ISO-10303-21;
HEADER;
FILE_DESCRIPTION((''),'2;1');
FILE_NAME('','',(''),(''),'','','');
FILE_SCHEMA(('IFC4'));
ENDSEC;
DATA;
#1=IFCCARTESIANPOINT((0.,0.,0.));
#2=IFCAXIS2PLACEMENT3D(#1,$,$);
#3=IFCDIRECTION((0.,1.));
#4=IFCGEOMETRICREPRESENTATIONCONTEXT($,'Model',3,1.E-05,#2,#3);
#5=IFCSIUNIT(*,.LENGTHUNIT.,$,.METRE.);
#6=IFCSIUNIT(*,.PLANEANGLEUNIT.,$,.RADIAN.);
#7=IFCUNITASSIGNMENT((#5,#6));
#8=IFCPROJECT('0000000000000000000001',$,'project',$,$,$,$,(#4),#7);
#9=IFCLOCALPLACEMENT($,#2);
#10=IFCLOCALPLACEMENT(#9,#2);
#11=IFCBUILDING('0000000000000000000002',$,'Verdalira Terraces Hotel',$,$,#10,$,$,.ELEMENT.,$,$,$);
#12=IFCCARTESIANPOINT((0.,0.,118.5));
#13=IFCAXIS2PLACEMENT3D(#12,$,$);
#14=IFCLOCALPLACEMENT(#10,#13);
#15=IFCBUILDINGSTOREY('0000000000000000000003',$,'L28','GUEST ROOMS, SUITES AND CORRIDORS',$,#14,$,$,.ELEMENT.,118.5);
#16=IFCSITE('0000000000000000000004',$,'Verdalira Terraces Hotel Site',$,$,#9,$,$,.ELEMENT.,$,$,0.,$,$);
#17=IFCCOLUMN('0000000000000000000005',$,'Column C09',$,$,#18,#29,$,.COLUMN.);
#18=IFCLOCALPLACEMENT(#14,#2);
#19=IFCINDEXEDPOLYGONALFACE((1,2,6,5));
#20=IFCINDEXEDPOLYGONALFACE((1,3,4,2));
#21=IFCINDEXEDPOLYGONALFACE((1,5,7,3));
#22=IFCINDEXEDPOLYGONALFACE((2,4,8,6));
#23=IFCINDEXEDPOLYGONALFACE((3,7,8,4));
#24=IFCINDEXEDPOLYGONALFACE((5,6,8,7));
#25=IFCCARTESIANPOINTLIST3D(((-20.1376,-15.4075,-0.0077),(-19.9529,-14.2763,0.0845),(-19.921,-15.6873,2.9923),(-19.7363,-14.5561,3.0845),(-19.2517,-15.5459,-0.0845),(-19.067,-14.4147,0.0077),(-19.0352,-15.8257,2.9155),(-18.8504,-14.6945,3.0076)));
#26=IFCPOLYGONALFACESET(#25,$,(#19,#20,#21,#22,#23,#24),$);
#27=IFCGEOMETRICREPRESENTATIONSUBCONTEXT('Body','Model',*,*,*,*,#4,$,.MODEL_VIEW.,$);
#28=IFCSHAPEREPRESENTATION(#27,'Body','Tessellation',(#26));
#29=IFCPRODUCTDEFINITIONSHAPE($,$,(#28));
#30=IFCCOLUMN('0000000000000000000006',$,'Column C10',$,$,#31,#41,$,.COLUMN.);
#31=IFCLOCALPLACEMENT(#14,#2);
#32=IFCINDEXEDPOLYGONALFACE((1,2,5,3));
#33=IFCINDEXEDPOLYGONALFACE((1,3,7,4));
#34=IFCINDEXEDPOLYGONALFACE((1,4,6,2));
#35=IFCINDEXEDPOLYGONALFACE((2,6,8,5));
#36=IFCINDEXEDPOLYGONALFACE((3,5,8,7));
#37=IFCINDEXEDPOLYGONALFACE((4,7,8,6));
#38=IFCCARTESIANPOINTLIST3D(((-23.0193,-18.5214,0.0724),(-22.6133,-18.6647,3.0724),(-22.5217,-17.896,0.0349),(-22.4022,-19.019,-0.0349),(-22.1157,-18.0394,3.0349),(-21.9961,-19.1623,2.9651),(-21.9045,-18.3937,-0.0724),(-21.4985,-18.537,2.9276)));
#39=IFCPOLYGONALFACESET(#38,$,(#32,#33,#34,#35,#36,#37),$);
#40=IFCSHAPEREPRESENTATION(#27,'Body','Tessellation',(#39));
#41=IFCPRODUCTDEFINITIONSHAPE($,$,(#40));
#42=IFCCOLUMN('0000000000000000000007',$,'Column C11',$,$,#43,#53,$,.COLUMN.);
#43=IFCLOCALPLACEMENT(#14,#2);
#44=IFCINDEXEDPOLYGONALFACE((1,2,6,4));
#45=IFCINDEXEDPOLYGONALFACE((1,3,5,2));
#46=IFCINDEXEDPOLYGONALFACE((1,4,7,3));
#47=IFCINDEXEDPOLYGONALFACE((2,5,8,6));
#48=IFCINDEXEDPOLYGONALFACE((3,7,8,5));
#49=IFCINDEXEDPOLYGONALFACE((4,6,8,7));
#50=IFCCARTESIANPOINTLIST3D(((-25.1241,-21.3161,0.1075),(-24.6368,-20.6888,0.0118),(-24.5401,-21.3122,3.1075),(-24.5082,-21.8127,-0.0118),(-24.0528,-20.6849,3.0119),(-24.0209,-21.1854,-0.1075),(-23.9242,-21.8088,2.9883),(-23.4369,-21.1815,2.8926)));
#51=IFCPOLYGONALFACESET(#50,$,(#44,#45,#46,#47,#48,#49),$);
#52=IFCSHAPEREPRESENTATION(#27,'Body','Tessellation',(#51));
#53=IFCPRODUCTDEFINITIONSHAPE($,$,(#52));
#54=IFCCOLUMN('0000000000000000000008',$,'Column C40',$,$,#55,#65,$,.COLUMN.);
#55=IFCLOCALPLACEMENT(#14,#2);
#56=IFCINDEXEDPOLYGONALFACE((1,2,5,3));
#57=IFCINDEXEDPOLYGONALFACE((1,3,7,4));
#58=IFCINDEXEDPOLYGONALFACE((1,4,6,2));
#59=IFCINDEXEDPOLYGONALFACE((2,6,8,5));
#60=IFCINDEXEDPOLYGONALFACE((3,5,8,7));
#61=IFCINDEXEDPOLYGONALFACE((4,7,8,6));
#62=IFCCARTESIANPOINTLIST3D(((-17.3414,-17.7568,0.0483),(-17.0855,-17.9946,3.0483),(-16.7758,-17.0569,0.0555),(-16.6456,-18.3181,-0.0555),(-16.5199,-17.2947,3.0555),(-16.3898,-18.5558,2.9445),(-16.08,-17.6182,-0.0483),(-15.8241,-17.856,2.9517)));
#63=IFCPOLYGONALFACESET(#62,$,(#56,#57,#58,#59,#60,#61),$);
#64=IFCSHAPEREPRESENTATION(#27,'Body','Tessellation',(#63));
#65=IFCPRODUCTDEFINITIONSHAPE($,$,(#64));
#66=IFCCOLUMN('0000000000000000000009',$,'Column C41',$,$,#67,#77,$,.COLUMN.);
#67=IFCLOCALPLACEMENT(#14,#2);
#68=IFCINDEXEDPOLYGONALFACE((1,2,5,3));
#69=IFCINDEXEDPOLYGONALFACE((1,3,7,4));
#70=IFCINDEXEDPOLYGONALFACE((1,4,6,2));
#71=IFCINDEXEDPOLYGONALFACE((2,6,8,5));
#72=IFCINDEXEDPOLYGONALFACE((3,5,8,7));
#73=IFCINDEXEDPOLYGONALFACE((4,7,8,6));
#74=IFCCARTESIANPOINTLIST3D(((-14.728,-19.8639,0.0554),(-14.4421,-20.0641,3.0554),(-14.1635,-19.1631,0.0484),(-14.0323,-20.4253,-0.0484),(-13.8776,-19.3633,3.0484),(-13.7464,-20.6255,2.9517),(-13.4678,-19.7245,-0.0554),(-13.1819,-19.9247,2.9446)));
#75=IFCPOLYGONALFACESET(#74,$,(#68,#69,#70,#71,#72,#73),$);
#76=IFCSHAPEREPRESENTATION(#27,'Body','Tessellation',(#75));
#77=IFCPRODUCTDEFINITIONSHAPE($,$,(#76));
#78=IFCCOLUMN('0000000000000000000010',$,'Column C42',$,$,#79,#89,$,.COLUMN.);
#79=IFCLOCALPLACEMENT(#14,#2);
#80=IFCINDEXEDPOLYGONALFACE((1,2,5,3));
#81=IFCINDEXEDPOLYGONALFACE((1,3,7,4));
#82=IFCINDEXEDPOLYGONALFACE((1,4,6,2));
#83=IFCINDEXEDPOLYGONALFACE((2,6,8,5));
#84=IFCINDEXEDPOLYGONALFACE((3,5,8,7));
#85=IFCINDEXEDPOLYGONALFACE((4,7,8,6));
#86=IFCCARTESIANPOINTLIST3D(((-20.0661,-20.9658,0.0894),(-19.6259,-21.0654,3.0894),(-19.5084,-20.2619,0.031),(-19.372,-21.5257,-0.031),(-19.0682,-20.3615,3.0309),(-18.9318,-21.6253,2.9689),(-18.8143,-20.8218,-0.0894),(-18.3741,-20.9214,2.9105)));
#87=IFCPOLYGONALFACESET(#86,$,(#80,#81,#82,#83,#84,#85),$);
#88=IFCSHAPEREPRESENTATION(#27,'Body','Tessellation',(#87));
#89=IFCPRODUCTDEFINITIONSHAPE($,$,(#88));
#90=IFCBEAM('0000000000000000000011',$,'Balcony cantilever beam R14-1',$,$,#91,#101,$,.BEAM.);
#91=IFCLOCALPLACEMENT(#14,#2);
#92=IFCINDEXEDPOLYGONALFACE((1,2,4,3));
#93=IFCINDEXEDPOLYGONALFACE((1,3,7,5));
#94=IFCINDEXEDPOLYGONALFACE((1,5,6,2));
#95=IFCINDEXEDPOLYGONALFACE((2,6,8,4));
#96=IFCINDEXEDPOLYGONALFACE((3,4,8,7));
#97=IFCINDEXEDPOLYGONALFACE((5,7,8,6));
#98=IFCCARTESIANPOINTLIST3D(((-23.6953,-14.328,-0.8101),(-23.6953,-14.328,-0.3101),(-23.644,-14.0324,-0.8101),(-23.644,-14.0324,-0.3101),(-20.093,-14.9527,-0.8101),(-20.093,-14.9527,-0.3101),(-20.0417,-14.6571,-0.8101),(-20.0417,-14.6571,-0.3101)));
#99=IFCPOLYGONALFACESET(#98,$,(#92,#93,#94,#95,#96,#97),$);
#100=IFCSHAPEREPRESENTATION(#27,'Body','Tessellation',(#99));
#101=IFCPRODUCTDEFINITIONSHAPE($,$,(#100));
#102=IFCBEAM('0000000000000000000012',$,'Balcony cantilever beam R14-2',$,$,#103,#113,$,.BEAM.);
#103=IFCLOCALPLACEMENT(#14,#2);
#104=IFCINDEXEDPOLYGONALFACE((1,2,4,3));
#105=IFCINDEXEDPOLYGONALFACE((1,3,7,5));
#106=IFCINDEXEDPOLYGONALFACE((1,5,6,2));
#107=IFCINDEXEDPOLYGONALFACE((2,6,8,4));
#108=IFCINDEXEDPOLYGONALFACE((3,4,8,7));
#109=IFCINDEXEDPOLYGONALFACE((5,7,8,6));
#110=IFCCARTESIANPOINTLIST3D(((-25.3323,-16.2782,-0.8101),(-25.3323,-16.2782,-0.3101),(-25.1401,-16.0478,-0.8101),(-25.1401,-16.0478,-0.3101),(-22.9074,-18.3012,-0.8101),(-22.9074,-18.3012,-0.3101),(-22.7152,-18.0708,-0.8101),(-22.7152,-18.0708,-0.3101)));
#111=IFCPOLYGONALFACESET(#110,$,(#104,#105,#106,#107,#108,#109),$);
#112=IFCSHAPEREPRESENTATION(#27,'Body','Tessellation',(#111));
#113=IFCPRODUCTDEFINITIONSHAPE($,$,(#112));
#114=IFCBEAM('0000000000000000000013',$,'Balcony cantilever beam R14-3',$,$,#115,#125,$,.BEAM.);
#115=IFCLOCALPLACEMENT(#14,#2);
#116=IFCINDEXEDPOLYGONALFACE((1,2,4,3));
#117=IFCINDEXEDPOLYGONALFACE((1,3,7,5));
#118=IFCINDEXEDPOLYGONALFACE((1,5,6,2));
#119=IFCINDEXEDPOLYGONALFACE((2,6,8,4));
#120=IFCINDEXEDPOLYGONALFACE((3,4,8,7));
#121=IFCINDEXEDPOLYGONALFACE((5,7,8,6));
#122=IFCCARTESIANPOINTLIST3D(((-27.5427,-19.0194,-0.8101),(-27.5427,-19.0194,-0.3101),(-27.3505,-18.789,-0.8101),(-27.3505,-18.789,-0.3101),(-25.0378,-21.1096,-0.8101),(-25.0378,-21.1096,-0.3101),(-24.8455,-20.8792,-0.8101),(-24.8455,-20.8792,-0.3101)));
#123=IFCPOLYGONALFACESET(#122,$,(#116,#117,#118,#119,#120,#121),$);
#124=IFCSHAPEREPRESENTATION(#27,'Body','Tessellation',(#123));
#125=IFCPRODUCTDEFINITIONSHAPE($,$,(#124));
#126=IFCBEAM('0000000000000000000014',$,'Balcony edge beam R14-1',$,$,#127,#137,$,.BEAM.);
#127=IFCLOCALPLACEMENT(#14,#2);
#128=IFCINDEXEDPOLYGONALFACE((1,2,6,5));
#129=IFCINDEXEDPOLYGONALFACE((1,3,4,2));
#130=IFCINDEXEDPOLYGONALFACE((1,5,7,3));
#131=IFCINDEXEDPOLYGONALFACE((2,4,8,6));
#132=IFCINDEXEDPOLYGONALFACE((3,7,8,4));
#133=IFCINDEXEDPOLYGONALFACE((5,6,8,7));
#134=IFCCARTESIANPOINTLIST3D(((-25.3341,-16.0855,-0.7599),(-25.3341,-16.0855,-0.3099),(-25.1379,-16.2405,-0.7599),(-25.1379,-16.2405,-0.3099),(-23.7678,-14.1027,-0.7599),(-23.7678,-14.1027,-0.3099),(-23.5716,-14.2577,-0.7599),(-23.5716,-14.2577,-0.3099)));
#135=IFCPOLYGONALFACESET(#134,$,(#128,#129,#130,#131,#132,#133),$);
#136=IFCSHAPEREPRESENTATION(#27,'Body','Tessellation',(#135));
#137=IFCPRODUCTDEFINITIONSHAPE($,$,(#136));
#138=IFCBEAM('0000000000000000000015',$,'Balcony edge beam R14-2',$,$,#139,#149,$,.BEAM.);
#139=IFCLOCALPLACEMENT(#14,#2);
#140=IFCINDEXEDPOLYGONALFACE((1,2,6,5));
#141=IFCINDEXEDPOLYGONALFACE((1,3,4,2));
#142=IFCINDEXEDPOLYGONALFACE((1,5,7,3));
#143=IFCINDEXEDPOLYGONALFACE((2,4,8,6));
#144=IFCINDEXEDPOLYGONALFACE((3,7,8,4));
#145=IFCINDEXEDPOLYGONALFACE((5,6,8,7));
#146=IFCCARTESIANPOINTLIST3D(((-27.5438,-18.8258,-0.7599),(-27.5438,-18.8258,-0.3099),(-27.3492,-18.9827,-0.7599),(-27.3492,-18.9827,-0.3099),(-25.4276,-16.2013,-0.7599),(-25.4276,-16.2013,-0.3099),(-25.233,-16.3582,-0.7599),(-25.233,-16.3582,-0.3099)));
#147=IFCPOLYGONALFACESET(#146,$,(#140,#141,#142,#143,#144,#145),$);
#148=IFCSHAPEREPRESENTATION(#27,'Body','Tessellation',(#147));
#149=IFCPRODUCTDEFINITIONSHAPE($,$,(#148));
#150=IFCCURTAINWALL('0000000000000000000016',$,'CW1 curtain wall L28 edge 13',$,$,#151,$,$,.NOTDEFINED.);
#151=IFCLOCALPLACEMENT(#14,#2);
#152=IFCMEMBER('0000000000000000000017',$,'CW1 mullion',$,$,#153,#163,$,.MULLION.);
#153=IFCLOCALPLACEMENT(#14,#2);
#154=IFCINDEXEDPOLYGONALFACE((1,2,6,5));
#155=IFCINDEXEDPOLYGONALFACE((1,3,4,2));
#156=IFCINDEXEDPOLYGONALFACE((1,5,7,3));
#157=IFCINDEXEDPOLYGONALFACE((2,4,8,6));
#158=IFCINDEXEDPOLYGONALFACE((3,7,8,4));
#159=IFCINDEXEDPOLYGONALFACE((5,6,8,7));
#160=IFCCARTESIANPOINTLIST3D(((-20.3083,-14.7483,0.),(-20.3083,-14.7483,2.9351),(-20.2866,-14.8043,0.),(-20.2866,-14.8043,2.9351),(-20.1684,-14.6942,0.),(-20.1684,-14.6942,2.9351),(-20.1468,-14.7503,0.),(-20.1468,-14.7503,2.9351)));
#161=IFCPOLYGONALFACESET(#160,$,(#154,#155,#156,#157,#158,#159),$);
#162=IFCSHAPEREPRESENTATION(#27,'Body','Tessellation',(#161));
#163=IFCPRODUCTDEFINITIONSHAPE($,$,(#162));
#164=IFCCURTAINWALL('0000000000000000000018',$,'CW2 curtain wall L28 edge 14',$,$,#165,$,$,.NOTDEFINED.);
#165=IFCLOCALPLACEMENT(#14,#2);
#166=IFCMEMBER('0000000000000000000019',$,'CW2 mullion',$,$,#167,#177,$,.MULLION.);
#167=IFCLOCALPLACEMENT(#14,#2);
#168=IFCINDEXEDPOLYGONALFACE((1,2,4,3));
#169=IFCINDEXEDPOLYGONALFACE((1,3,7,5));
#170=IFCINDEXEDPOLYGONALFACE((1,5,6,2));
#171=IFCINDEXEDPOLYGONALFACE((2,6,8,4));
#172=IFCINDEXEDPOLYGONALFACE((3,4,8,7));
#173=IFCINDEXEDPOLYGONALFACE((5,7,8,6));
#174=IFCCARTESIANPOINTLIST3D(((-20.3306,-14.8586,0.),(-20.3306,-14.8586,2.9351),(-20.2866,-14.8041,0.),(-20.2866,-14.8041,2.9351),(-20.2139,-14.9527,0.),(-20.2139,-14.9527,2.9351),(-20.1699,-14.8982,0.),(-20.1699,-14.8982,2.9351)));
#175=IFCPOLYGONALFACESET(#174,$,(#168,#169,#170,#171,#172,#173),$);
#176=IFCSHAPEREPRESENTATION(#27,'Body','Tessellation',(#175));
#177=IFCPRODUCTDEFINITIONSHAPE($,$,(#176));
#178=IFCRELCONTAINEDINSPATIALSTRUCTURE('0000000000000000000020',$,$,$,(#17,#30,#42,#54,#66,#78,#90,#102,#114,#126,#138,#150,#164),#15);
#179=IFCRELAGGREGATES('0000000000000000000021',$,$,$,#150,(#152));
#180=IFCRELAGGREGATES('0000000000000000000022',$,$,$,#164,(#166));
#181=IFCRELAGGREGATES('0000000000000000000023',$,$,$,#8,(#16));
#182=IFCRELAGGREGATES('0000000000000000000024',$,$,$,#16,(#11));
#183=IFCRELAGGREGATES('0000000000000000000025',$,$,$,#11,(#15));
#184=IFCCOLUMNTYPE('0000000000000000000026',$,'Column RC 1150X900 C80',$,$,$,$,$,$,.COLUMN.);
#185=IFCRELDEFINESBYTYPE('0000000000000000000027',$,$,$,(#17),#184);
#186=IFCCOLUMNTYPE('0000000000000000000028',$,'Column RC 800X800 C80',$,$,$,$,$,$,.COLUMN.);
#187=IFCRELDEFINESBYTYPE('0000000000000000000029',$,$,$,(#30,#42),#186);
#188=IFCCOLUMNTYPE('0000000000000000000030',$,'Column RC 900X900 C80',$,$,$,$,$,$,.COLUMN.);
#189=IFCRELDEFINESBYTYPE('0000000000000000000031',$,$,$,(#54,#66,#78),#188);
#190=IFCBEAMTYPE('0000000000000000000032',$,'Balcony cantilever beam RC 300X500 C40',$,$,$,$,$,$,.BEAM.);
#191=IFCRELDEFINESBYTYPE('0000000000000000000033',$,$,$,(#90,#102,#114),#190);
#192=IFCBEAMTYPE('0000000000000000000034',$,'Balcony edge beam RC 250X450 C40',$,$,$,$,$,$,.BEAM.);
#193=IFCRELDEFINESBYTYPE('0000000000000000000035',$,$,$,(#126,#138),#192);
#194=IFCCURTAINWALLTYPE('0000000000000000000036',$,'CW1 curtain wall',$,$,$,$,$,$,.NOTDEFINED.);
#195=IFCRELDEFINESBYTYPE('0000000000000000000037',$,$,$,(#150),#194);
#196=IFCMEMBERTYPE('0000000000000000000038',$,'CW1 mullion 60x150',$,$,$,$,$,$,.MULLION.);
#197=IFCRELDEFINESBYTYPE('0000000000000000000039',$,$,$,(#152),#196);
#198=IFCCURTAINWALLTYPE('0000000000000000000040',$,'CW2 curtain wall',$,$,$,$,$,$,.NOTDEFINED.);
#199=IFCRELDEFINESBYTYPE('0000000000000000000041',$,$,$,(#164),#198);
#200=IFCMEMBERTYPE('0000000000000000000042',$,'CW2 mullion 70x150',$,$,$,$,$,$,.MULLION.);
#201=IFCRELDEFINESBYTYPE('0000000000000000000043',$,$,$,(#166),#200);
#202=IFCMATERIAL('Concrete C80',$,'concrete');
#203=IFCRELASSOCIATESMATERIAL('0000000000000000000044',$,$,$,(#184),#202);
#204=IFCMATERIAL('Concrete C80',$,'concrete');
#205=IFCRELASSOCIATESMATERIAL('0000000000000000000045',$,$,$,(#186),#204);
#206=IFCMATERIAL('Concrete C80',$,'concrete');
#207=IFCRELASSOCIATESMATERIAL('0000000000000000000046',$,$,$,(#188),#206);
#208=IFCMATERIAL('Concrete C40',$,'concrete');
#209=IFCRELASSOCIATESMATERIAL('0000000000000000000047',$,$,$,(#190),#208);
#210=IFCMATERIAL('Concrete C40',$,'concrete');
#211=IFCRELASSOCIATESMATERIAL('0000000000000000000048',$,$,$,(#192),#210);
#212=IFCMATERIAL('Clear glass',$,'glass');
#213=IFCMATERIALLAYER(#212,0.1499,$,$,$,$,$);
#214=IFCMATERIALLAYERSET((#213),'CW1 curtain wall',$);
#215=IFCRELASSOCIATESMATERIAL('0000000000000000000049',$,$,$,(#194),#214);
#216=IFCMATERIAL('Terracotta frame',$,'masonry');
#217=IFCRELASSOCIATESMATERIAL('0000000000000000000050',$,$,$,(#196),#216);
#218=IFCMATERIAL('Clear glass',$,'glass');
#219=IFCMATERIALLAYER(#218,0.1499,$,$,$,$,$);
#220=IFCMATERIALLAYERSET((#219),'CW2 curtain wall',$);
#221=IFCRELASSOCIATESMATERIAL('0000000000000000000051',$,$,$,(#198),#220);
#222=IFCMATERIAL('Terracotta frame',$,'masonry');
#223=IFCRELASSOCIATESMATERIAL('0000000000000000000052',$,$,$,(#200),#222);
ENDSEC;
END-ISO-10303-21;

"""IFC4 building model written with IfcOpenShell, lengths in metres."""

from ifc_helpers import new_model, si_unit, direction, frame, origin, origin_2d, place, context, subcontext, project, spatial, rectangle, extrude, material, layer, layer_set, material_profile, profile_set, type_object, element, aggregate, save


model = new_model("IFC4")

# Units and contexts
model_context = context("Model", 3, precision=1e-05, world=origin(), true_north=direction((0.0, 1.0)))
body_context = subcontext(model_context, "Body", "Model", "MODEL_VIEW")
ifc_project = project(units=[si_unit("LENGTHUNIT", "METRE"), si_unit("PLANEANGLEUNIT", "RADIAN")], contexts=[model_context])

# Site, building, storey
site_placement = place(None, origin())
site = spatial("IfcSite", under=ifc_project, at=site_placement, Name="Verdalira Terraces Hotel Site", CompositionType="ELEMENT", RefElevation=0.0)
building_placement = place(site_placement, origin())
building = spatial("IfcBuilding", under=site, at=building_placement, Name="Verdalira Terraces Hotel", CompositionType="ELEMENT")
storey_placement = place(building_placement, frame((0.0, 0.0, 118.5)))
storey = spatial("IfcBuildingStorey", under=building, at=storey_placement, Name="L28", Description="GUEST ROOMS, SUITES AND CORRIDORS", CompositionType="ELEMENT", Elevation=118.5)

# Columns
ifc_material_1 = material(Name="Concrete C80", Category="concrete")
ifc_material_profile_1 = material_profile(ifc_material_1, rectangle(XDim=1.1499, YDim=0.8999, at=origin_2d()), Name="RC 1150X900")
ifc_profile_set_1 = profile_set([ifc_material_profile_1], Name="Concrete C80")
column_type_1 = type_object("IfcColumnType", Name="Column RC 1150X900 C80", PredefinedType="COLUMN", material=ifc_profile_set_1)
column_1_placement = place(storey_placement, frame((-19.6023, -14.9111, 0.0), z_axis=(0.071687, -0.09262, 0.993118), x_axis=(0.160651, 0.983752, 0.08015)))
element("IfcColumn", 1, at=column_1_placement, inside=storey, type_object=column_type_1, Name="Column C09", PredefinedType="COLUMN", context=body_context, shape_type="SweptSolid", body=[
    extrude(rectangle(XDim=1.1499, YDim=0.8999, at=origin_2d()), origin(), (0.0, 0.0, 1.0), 3.0208),
])
ifc_material_2 = material(Name="Concrete C80", Category="concrete")
ifc_material_profile_2 = material_profile(ifc_material_2, rectangle(XDim=0.8, YDim=0.8, at=origin_2d()), Name="RC 800X800")
ifc_profile_set_2 = profile_set([ifc_material_profile_2], Name="Concrete C80")
column_type_2 = type_object("IfcColumnType", Name="Column RC 800X800 C80", PredefinedType="COLUMN", material=ifc_profile_set_2)
column_2_placement = place(storey_placement, frame((-22.4619, -18.4575, 0.0), z_axis=(0.133963, -0.047286, 0.989858), x_axis=(-0.62204, -0.781583, 0.046848)))
element("IfcColumn", 2, at=column_2_placement, inside=storey, type_object=column_type_2, Name="Column C10", PredefinedType="COLUMN", context=body_context, shape_type="SweptSolid", body=[
    extrude(rectangle(XDim=0.8, YDim=0.8, at=origin_2d()), origin(), (0.0, 0.0, 1.0), 3.0308),
])
column_3_placement = place(storey_placement, frame((-24.5725, -21.2507, 0.0), z_axis=(0.191075, 0.001278, 0.981575), x_axis=(-0.609057, -0.78406, 0.119581)))
element("IfcColumn", 3, at=column_3_placement, inside=storey, type_object=column_type_2, Name="Column C11", PredefinedType="COLUMN", context=body_context, shape_type="SweptSolid", body=[
    extrude(rectangle(XDim=0.8, YDim=0.8, at=origin_2d()), origin(), (0.0, 0.0, 1.0), 3.0564),
])
ifc_material_3 = material(Name="Concrete C80", Category="concrete")
ifc_material_profile_3 = material_profile(ifc_material_3, rectangle(XDim=0.8999, YDim=0.8999, at=origin_2d()), Name="RC 900X900")
ifc_profile_set_3 = profile_set([ifc_material_profile_3], Name="Concrete C80")
column_type_3 = type_object("IfcColumnType", Name="Column RC 900X900 C80", PredefinedType="COLUMN", material=ifc_profile_set_3)
for number, where, z_axis, x_axis, name in (
    (4, (-16.7107, -17.6875, 0.0), (0.084714, -0.078732, 0.99329), (-0.628541, -0.777735, -0.008041), "Column C40"),
    (5, (-14.0979, -19.7942, 0.0), (0.094658, -0.066285, 0.993301), (-0.627273, -0.778761, 0.007809), "Column C41"),
):
    element("IfcColumn", number, at=place(storey_placement, frame(where, z_axis=z_axis, x_axis=x_axis)), inside=storey, type_object=column_type_3, Name=name, PredefinedType="COLUMN", context=body_context, shape_type="SweptSolid", body=[
        extrude(rectangle(XDim=0.8999, YDim=0.8999, at=origin_2d()), origin(), (0.0, 0.0, 1.0), 3.0203),
    ])
column_4_placement = place(storey_placement, frame((-19.4402, -20.8938, 0.0), z_axis=(0.145096, -0.032834, 0.988873), x_axis=(-0.61969, -0.782154, 0.064956)))
element("IfcColumn", 6, at=column_4_placement, inside=storey, type_object=column_type_3, Name="Column C42", PredefinedType="COLUMN", context=body_context, shape_type="SweptSolid", body=[
    extrude(rectangle(XDim=0.8999, YDim=0.8999, at=origin_2d()), origin(), (0.0, 0.0, 1.0), 3.0337),
])

# Beams
ifc_material_4 = material(Name="Concrete C40", Category="concrete")
ifc_material_profile_4 = material_profile(ifc_material_4, rectangle(XDim=0.3, YDim=0.5, at=origin_2d()), Name="RC 300X500")
ifc_profile_set_4 = profile_set([ifc_material_profile_4], Name="Concrete C40")
beam_type_1 = type_object("IfcBeamType", Name="Balcony cantilever beam RC 300X500 C40", PredefinedType="BEAM", material=ifc_profile_set_4)
beam_1_placement = place(storey_placement, frame((-20.0674, -14.8049, -0.5601), z_axis=(-0.985292, 0.170882, 0.0), x_axis=(-0.170882, -0.985292, 0.0)))
element("IfcBeam", 7, at=beam_1_placement, inside=storey, type_object=beam_type_1, Name="Balcony cantilever beam R14-1", PredefinedType="BEAM", context=body_context, shape_type="SweptSolid", body=[
    extrude(rectangle(XDim=0.3, YDim=0.5, at=origin_2d()), origin(), (0.0, 0.0, 1.0), 3.656),
])
beam_2_placement = place(storey_placement, frame((-22.8113, -18.186, -0.5601), z_axis=(-0.767866, 0.64061, 0.0), x_axis=(-0.64061, -0.767866, 0.0)))
element("IfcBeam", 8, at=beam_2_placement, inside=storey, type_object=beam_type_1, Name="Balcony cantilever beam R14-2", PredefinedType="BEAM", context=body_context, shape_type="SweptSolid", body=[
    extrude(rectangle(XDim=0.3, YDim=0.5, at=origin_2d()), origin(), (0.0, 0.0, 1.0), 3.158),
])
beam_3_placement = place(storey_placement, frame((-24.9416, -20.9944, -0.5601), z_axis=(-0.767816, 0.64067, 0.0), x_axis=(-0.64067, -0.767816, 0.0)))
element("IfcBeam", 9, at=beam_3_placement, inside=storey, type_object=beam_type_1, Name="Balcony cantilever beam R14-3", PredefinedType="BEAM", context=body_context, shape_type="SweptSolid", body=[
    extrude(rectangle(XDim=0.3, YDim=0.5, at=origin_2d()), origin(), (0.0, 0.0, 1.0), 3.2625),
])
ifc_material_5 = material(Name="Concrete C40", Category="concrete")
ifc_material_profile_5 = material_profile(ifc_material_5, rectangle(XDim=0.25, YDim=0.45, at=origin_2d()), Name="RC 250X450")
ifc_profile_set_5 = profile_set([ifc_material_profile_5], Name="Concrete C40")
beam_type_2 = type_object("IfcBeamType", Name="Balcony edge beam RC 250X450 C40", PredefinedType="BEAM", material=ifc_profile_set_5)
beam_4_placement = place(storey_placement, frame((-23.6697, -14.1802, -0.5349), z_axis=(-0.619876, -0.7847, 0.0), x_axis=(0.7847, -0.619876, 0.0)))
element("IfcBeam", 10, at=beam_4_placement, inside=storey, type_object=beam_type_2, Name="Balcony edge beam R14-1", PredefinedType="BEAM", context=body_context, shape_type="SweptSolid", body=[
    extrude(rectangle(XDim=0.25, YDim=0.45, at=origin_2d()), origin(), (0.0, 0.0, 1.0), 2.5269),
])
beam_5_placement = place(storey_placement, frame((-25.3303, -16.2798, -0.5349), z_axis=(-0.627693, -0.778461, 0.0), x_axis=(0.778461, -0.627693, 0.0)))
element("IfcBeam", 11, at=beam_5_placement, inside=storey, type_object=beam_type_2, Name="Balcony edge beam R14-2", PredefinedType="BEAM", context=body_context, shape_type="SweptSolid", body=[
    extrude(rectangle(XDim=0.25, YDim=0.45, at=origin_2d()), origin(), (0.0, 0.0, 1.0), 3.3713),
])

# Curtain wall, member
ifc_material_6 = material(Name="Clear glass", Category="glass")
ifc_layer_1 = layer(ifc_material_6, 0.1499)
ifc_layer_set_1 = layer_set([ifc_layer_1], Name="CW1 curtain wall")
curtain_wall_type_1 = type_object("IfcCurtainWallType", Name="CW1 curtain wall", PredefinedType="NOTDEFINED", material=ifc_layer_set_1)
curtain_wall_1_placement = place(storey_placement, origin())
curtain_wall_1 = element("IfcCurtainWall", 12, at=curtain_wall_1_placement, inside=storey, type_object=curtain_wall_type_1, Name="CW1 curtain wall L28 edge 13", PredefinedType="NOTDEFINED")
ifc_material_7 = material(Name="Terracotta frame", Category="masonry")
ifc_material_profile_6 = material_profile(ifc_material_7, rectangle(XDim=0.0601, YDim=0.1499, at=origin_2d()), Name="MU 60x150")
ifc_profile_set_6 = profile_set([ifc_material_profile_6], Name="Terracotta frame")
member_type_1 = type_object("IfcMemberType", Name="CW1 mullion 60x150", PredefinedType="MULLION", material=ifc_profile_set_6)
member_1_placement = place(storey_placement, frame((-20.2275, -14.7493, 0.0), z_axis=(0.0, 0.0, 1.0), x_axis=(0.360322, -0.932828, 0.0)))
member_1 = element("IfcMember", 13, at=member_1_placement, type_object=member_type_1, Name="CW1 mullion", PredefinedType="MULLION", context=body_context, shape_type="SweptSolid", body=[
    extrude(rectangle(XDim=0.0601, YDim=0.1499, at=origin_2d()), origin(), (0.0, 0.0, 1.0), 2.9351),
])
aggregate(curtain_wall_1, [member_1])

# Curtain wall, member
ifc_material_8 = material(Name="Clear glass", Category="glass")
ifc_layer_2 = layer(ifc_material_8, 0.1499)
ifc_layer_set_2 = layer_set([ifc_layer_2], Name="CW2 curtain wall")
curtain_wall_type_2 = type_object("IfcCurtainWallType", Name="CW2 curtain wall", PredefinedType="NOTDEFINED", material=ifc_layer_set_2)
curtain_wall_2_placement = place(storey_placement, origin())
curtain_wall_2 = element("IfcCurtainWall", 14, at=curtain_wall_2_placement, inside=storey, type_object=curtain_wall_type_2, Name="CW2 curtain wall L28 edge 14", PredefinedType="NOTDEFINED")
ifc_material_9 = material(Name="Terracotta frame", Category="masonry")
ifc_material_profile_7 = material_profile(ifc_material_9, rectangle(XDim=0.0701, YDim=0.1499, at=origin_2d()), Name="MU 70x150")
ifc_profile_set_7 = profile_set([ifc_material_profile_7], Name="Terracotta frame")
member_type_2 = type_object("IfcMemberType", Name="CW2 mullion 70x150", PredefinedType="MULLION", material=ifc_profile_set_7)
member_2_placement = place(storey_placement, frame((-20.2502, -14.8784, 0.0), z_axis=(0.0, 0.0, 1.0), x_axis=(-0.627691, -0.778462, 0.0)))
member_2 = element("IfcMember", 15, at=member_2_placement, type_object=member_type_2, Name="CW2 mullion", PredefinedType="MULLION", context=body_context, shape_type="SweptSolid", body=[
    extrude(rectangle(XDim=0.0701, YDim=0.1499, at=origin_2d()), origin(), (0.0, 0.0, 1.0), 2.9351),
])

aggregate(curtain_wall_2, [member_2])

save(model, "model.ifc")
